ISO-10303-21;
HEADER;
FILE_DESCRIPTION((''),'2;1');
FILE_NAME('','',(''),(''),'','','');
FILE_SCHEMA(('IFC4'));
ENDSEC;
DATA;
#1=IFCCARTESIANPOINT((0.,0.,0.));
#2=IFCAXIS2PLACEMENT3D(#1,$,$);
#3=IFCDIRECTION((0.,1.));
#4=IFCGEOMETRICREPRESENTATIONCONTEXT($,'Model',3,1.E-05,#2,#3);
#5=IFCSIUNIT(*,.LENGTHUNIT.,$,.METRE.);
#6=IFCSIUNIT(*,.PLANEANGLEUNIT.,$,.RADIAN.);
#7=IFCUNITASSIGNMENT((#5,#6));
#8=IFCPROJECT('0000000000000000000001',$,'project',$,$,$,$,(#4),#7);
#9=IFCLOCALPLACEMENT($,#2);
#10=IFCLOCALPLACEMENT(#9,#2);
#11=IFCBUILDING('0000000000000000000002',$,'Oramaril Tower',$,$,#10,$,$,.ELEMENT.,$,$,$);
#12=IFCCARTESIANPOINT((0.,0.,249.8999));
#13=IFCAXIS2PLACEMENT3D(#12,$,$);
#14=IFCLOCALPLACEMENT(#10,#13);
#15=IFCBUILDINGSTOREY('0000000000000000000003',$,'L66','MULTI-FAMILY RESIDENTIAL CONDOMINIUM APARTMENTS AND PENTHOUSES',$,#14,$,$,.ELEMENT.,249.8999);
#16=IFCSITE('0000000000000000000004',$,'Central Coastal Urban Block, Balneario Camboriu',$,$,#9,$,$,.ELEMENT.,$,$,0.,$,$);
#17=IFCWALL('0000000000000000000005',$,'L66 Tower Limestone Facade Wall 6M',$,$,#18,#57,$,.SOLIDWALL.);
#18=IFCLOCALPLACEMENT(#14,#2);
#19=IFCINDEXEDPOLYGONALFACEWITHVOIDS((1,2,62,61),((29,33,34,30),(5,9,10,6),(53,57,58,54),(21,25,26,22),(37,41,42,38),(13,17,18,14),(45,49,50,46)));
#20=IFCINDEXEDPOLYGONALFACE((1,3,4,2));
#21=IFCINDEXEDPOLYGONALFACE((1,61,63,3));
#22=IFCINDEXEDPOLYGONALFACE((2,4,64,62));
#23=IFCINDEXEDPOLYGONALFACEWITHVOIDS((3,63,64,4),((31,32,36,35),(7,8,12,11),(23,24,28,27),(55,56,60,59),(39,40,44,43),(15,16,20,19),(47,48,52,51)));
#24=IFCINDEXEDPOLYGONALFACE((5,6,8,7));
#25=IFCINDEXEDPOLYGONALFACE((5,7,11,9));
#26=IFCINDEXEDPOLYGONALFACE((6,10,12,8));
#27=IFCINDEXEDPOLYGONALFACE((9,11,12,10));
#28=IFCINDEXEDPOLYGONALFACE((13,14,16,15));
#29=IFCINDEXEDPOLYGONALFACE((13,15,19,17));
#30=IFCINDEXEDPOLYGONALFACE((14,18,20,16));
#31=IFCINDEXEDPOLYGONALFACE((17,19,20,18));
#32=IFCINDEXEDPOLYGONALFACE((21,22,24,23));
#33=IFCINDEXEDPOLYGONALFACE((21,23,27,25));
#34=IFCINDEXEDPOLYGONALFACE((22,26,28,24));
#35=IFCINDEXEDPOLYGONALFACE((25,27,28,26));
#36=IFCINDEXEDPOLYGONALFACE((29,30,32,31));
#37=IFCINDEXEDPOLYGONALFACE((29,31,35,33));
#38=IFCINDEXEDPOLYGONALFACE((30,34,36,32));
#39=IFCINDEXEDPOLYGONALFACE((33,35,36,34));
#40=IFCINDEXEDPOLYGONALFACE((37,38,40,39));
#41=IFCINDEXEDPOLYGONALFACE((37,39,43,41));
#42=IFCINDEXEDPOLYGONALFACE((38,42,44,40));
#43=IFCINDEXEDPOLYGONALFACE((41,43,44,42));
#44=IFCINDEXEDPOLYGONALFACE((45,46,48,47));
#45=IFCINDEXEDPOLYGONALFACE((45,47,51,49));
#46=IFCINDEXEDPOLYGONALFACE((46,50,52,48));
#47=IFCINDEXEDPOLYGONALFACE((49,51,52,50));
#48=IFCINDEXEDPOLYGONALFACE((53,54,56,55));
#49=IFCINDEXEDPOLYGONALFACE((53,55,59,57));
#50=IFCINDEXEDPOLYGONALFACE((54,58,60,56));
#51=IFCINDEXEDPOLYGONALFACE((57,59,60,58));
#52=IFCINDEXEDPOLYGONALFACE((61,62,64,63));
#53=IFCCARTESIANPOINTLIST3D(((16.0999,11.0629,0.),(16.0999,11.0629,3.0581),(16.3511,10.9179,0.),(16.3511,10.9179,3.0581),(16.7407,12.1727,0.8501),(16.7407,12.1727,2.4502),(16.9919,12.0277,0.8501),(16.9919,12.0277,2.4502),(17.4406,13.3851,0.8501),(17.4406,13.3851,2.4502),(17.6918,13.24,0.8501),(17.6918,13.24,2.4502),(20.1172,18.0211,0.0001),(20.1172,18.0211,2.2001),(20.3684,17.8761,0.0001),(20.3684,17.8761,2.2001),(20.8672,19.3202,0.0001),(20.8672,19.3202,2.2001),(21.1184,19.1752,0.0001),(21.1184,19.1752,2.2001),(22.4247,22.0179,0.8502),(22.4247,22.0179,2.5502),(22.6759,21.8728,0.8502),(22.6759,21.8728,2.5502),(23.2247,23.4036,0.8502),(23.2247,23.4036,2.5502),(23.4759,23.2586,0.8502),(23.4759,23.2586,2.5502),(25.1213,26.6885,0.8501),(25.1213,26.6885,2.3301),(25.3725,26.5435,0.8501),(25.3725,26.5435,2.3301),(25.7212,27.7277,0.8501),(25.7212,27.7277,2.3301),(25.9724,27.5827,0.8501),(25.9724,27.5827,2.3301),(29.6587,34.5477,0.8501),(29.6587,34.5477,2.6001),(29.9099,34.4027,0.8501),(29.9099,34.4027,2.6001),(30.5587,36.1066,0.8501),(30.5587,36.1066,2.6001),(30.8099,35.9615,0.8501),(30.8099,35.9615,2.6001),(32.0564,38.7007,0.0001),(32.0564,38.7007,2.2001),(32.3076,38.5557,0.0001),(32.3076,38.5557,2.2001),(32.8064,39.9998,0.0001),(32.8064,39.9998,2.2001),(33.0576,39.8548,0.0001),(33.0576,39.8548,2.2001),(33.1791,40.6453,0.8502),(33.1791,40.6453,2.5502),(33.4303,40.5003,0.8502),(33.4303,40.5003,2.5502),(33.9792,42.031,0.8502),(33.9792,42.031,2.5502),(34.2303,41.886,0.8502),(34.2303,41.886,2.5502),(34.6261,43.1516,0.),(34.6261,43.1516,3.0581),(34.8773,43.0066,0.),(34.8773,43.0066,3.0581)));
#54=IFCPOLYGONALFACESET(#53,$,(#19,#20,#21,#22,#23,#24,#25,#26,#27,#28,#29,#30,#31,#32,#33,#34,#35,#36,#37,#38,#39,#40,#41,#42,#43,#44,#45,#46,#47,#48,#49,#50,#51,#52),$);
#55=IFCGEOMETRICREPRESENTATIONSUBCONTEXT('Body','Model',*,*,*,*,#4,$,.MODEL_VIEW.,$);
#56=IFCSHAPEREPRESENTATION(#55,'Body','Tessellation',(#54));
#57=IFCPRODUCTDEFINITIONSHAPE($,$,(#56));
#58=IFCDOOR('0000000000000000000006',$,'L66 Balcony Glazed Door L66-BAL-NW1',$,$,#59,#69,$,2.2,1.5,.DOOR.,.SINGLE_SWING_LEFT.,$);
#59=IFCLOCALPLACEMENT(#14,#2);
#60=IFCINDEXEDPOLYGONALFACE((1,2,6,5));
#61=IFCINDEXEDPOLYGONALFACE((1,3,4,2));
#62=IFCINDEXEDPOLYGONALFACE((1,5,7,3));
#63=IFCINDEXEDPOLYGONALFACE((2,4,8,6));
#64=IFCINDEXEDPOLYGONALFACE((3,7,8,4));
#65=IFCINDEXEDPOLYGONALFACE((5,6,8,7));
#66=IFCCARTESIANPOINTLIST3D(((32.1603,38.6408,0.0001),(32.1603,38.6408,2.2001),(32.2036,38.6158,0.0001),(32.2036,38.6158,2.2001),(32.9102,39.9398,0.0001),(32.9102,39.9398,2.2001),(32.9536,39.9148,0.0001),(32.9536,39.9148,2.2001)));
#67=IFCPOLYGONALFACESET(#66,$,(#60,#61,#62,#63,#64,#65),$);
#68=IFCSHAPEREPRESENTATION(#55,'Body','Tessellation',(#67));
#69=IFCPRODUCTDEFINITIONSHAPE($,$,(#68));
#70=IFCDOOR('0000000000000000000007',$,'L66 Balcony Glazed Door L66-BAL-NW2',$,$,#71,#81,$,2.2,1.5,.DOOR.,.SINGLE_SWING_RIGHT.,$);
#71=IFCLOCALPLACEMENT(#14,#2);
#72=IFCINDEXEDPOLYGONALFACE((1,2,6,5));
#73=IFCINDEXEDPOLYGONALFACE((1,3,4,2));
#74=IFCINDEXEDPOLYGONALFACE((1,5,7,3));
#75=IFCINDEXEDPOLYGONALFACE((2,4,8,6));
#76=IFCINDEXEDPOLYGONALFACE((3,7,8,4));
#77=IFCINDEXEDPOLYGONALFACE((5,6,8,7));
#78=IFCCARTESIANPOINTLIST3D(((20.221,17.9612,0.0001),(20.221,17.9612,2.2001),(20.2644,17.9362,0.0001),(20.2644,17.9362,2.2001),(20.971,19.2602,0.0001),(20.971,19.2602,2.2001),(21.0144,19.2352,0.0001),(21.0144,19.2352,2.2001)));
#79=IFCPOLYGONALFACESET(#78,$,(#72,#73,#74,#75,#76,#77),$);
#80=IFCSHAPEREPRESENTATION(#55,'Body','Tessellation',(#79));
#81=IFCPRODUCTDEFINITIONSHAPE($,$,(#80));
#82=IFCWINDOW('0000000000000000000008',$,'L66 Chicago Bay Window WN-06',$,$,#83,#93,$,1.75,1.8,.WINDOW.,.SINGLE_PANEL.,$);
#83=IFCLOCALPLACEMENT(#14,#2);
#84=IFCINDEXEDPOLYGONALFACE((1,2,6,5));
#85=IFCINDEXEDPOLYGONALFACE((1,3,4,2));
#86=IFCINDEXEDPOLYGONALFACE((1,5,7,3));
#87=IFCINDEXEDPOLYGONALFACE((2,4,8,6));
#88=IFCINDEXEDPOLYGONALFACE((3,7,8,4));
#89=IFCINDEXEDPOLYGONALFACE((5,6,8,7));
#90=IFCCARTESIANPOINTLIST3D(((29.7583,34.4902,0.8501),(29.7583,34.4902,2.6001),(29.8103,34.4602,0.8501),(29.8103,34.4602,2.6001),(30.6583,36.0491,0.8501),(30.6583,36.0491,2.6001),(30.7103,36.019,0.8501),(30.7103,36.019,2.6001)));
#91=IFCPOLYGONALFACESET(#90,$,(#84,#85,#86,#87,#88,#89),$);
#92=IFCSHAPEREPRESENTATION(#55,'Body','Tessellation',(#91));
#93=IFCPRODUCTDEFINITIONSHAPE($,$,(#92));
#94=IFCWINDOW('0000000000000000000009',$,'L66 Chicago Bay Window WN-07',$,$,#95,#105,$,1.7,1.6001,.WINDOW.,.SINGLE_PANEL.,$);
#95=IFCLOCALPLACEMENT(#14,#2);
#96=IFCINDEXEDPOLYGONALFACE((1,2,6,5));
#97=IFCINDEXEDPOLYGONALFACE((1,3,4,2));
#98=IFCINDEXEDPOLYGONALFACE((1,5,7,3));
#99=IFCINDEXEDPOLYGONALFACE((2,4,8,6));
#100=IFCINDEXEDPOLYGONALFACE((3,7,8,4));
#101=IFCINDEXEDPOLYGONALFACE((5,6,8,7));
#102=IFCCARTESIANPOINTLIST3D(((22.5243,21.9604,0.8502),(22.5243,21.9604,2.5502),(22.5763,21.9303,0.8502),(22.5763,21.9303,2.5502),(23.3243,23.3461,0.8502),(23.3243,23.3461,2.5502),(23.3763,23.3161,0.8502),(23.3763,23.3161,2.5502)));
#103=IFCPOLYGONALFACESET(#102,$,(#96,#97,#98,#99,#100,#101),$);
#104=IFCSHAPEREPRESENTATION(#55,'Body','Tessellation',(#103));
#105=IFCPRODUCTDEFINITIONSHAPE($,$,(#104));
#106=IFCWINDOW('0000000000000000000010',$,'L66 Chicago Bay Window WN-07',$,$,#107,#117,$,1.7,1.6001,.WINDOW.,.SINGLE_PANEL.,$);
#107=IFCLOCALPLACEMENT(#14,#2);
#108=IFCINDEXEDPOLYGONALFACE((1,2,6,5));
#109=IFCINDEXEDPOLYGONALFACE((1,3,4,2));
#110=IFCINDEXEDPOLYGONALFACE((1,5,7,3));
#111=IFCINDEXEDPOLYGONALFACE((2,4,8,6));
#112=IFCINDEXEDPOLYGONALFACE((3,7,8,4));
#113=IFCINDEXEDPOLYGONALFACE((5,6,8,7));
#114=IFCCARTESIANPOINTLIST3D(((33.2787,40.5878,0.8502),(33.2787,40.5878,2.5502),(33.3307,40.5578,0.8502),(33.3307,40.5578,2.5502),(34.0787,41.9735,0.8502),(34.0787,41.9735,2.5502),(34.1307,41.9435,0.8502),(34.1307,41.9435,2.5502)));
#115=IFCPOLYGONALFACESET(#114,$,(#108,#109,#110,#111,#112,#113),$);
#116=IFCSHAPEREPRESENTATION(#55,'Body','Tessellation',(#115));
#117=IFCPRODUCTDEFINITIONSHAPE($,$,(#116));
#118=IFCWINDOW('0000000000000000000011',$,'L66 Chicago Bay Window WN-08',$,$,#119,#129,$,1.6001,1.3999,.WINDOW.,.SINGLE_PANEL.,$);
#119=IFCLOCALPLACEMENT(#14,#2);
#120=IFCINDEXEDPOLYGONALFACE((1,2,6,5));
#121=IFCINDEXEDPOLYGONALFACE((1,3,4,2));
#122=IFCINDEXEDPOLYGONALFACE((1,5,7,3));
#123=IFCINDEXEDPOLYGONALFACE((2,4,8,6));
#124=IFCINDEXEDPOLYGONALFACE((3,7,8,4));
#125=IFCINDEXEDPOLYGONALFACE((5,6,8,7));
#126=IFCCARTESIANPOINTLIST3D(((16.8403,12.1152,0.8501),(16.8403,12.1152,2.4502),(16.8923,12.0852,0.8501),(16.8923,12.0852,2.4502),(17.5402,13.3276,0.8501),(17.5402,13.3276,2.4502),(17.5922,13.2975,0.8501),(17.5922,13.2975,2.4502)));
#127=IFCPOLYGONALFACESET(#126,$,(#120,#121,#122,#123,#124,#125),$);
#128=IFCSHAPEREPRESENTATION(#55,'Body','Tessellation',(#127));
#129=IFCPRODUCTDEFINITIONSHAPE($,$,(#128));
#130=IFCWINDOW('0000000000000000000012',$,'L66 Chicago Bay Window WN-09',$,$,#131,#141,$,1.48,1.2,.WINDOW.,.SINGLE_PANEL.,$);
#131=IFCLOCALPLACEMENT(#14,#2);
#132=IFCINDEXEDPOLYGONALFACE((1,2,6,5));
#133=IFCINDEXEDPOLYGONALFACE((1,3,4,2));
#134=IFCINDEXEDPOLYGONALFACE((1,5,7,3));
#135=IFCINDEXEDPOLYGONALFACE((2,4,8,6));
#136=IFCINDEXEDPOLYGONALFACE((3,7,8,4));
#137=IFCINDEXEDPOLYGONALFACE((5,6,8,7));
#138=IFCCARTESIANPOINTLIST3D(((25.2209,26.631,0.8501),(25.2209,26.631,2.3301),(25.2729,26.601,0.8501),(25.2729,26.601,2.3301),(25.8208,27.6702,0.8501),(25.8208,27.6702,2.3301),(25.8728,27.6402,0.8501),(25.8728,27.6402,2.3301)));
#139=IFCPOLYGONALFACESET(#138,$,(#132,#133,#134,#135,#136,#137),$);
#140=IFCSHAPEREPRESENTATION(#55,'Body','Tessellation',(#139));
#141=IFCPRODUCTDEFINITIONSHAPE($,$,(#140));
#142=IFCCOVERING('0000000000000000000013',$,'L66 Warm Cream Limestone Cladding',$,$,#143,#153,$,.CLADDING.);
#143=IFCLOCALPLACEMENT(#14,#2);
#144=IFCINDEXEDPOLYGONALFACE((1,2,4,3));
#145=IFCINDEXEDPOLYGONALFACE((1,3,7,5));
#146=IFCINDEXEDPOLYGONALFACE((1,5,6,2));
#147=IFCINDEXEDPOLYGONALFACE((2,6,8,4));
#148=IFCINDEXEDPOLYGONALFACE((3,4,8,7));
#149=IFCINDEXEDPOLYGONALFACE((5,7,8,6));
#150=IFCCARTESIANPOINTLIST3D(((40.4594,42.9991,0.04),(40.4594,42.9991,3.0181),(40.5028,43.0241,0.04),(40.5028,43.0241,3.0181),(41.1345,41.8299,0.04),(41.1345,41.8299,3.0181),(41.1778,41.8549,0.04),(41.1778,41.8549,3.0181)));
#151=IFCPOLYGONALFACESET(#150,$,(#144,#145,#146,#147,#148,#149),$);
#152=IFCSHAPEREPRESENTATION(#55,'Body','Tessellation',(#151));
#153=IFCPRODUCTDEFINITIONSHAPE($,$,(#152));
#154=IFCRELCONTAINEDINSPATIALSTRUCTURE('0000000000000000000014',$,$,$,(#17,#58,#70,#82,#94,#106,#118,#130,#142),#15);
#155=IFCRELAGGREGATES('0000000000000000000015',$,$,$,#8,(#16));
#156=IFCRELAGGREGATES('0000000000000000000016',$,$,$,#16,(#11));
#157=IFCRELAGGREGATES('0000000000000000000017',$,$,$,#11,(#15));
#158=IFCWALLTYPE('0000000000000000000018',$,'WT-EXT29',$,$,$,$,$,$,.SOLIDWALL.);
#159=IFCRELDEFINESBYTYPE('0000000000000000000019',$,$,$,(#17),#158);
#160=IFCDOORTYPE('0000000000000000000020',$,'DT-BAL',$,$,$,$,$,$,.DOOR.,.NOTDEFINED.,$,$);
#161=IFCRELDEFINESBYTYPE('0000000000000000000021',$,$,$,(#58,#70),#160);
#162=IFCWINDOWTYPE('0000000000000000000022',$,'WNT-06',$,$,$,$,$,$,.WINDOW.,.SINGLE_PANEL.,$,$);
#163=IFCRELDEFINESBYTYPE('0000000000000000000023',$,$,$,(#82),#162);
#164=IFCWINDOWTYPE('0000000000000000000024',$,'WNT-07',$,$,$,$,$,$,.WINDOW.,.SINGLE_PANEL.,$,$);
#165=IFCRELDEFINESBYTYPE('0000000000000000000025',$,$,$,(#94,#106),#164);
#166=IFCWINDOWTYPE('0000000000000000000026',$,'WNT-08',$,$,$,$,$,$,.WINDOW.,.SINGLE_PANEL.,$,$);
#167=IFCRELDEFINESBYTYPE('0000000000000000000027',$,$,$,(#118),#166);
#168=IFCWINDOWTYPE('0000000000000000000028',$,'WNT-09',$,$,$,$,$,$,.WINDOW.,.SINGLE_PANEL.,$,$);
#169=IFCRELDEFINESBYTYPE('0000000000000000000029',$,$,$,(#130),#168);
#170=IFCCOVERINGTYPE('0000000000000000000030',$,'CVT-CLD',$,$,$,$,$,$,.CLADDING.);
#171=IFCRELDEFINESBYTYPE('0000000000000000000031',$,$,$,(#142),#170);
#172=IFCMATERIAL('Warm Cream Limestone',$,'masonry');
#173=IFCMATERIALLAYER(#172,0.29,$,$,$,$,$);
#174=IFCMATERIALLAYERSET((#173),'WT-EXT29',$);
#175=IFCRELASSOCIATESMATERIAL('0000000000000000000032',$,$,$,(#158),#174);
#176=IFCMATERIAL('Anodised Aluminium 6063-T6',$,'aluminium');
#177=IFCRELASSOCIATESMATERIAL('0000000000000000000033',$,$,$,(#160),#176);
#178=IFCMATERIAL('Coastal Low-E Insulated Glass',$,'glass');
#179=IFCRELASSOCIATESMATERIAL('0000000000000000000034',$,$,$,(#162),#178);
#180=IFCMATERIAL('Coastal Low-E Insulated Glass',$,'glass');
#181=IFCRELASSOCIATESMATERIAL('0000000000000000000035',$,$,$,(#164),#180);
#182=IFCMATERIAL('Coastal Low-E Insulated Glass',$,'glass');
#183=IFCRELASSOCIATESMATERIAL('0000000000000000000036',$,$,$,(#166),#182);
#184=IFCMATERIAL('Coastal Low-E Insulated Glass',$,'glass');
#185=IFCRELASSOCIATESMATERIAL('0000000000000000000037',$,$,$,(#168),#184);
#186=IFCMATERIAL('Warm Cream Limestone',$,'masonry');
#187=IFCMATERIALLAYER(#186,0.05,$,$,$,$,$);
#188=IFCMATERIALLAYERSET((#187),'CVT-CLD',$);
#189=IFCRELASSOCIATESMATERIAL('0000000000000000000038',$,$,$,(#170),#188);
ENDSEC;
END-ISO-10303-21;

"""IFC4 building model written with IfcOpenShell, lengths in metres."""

from ifc_helpers import new_model, si_unit, direction, frame, frame_2d, origin, origin_2d, place, context, subcontext, project, spatial, rectangle, extrude, material, layer, layer_set, type_object, element, fill, save


model = new_model("IFC4")

# Units and contexts
model_context = context("Model", 3, precision=1e-05, world=origin(), true_north=direction((0.0, 1.0)))
body_context = subcontext(model_context, "Body", "Model", "MODEL_VIEW")
ifc_project = project(units=[si_unit("LENGTHUNIT", "METRE"), si_unit("PLANEANGLEUNIT", "RADIAN")], contexts=[model_context])

# Site, building, storey
site_placement = place(None, origin())
site = spatial("IfcSite", under=ifc_project, at=site_placement, Name="Central Coastal Urban Block, Balneario Camboriu", CompositionType="ELEMENT", RefElevation=0.0)
building_placement = place(site_placement, origin())
building = spatial("IfcBuilding", under=site, at=building_placement, Name="Oramaril Tower", CompositionType="ELEMENT")
storey_placement = place(building_placement, frame((0.0, 0.0, 249.8999)))
storey = spatial("IfcBuildingStorey", under=building, at=storey_placement, Name="L66", Description="MULTI-FAMILY RESIDENTIAL CONDOMINIUM APARTMENTS AND PENTHOUSES", CompositionType="ELEMENT", Elevation=249.8999)

# Shared definitions
ifc_material_1 = material(Name="Warm Cream Limestone", Category="masonry")
ifc_layer_1 = layer(ifc_material_1, 0.29)
ifc_layer_set_1 = layer_set([ifc_layer_1], Name="WT-EXT29")
wall_type = type_object("IfcWallType", Name="WT-EXT29", PredefinedType="SOLIDWALL", material=ifc_layer_set_1)

# Wall, openings, doors, windows
wall_1_placement = place(storey_placement, frame((34.7517, 43.0791, 0.0), z_axis=(0.0, 0.0, 1.0), x_axis=(-0.499995, -0.866028, 0.0)))
wall_1 = element("IfcWall", 1, at=wall_1_placement, inside=storey, type_object=wall_type, Name="L66 Tower Limestone Facade Wall 6M", PredefinedType="SOLIDWALL", context=body_context, shape_type="SweptSolid", body=[
    extrude(rectangle(XDim=37.0527, YDim=0.29, at=frame_2d((18.5264, 0.0))), origin(), (0.0, 0.0, 1.0), 3.0581),
])
opening_1_placement = place(wall_1_placement, frame((3.6394, 0.0, 0.0)))
opening_1 = element("IfcOpeningElement", 2, at=opening_1_placement, cuts=wall_1, PredefinedType="OPENING", context=body_context, shape_type="SweptSolid", body=[
    extrude(rectangle(XDim=1.5, YDim=2.2, at=frame_2d((0.75, 1.1001))), frame((0.0, 0.145, 0.0), z_axis=(0.0, -1.0, 0.0), x_axis=(1.0, 0.0, 0.0)), (0.0, 0.0, 1.0), 0.29),
])
opening_2_placement = place(wall_1_placement, frame((27.5181, 0.0, 0.0)))
opening_2 = element("IfcOpeningElement", 3, at=opening_2_placement, cuts=wall_1, PredefinedType="OPENING", context=body_context, shape_type="SweptSolid", body=[
    extrude(rectangle(XDim=1.5, YDim=2.2, at=frame_2d((0.75, 1.1001))), frame((0.0, 0.145, 0.0), z_axis=(0.0, -1.0, 0.0), x_axis=(1.0, 0.0, 0.0)), (0.0, 0.0, 1.0), 0.29),
])
opening_3_placement = place(wall_1_placement, frame((22.803, 0.0, 0.8501)))
opening_3 = element("IfcOpeningElement", 4, at=opening_3_placement, cuts=wall_1, PredefinedType="OPENING", context=body_context, shape_type="SweptSolid", body=[
    extrude(rectangle(XDim=1.6001, YDim=1.7, at=frame_2d((0.8, 0.8501))), frame((0.0, 0.145, 0.0), z_axis=(0.0, -1.0, 0.0), x_axis=(1.0, 0.0, 0.0)), (0.0, 0.0, 1.0), 0.29),
])
opening_4_placement = place(wall_1_placement, frame((34.3713, 0.0, 0.8501)))
opening_4 = element("IfcOpeningElement", 5, at=opening_4_placement, cuts=wall_1, PredefinedType="OPENING", context=body_context, shape_type="SweptSolid", body=[
    extrude(rectangle(XDim=1.3999, YDim=1.6001, at=frame_2d((0.7, 0.8))), frame((0.0, 0.145, 0.0), z_axis=(0.0, -1.0, 0.0), x_axis=(1.0, 0.0, 0.0)), (0.0, 0.0, 1.0), 0.29),
])
opening_5_placement = place(wall_1_placement, frame((8.135, 0.0, 0.8501)))
opening_5 = element("IfcOpeningElement", 6, at=opening_5_placement, cuts=wall_1, PredefinedType="OPENING", context=body_context, shape_type="SweptSolid", body=[
    extrude(rectangle(XDim=1.8, YDim=1.75, at=frame_2d((0.8999, 0.875))), frame((0.0, 0.145, 0.0), z_axis=(0.0, -1.0, 0.0), x_axis=(1.0, 0.0, 0.0)), (0.0, 0.0, 1.0), 0.29),
])
opening_6_placement = place(wall_1_placement, frame((17.8098, 0.0, 0.8501)))
opening_6 = element("IfcOpeningElement", 7, at=opening_6_placement, cuts=wall_1, PredefinedType="OPENING", context=body_context, shape_type="SweptSolid", body=[
    extrude(rectangle(XDim=1.2, YDim=1.48, at=frame_2d((0.6001, 0.74))), frame((0.0, 0.145, 0.0), z_axis=(0.0, -1.0, 0.0), x_axis=(1.0, 0.0, 0.0)), (0.0, 0.0, 1.0), 0.29),
])
opening_7_placement = place(wall_1_placement, frame((1.2939, 0.0, 0.8501)))
opening_7 = element("IfcOpeningElement", 8, at=opening_7_placement, cuts=wall_1, PredefinedType="OPENING", context=body_context, shape_type="SweptSolid", body=[
    extrude(rectangle(XDim=1.6001, YDim=1.7, at=frame_2d((0.8, 0.8501))), frame((0.0, 0.145, 0.0), z_axis=(0.0, -1.0, 0.0), x_axis=(1.0, 0.0, 0.0)), (0.0, 0.0, 1.0), 0.29),
])
ifc_material_2 = material(Name="Anodised Aluminium 6063-T6", Category="aluminium")
door_type = type_object("IfcDoorType", Name="DT-BAL", OperationType="NOTDEFINED", PredefinedType="DOOR", material=ifc_material_2)
door_1_placement = place(opening_1_placement, origin())
door_1 = element("IfcDoor", 9, at=door_1_placement, inside=storey, type_object=door_type, Name="L66 Balcony Glazed Door L66-BAL-NW1", OperationType="SINGLE_SWING_LEFT", OverallHeight=2.2, OverallWidth=1.5, PredefinedType="DOOR", context=body_context, shape_type="SweptSolid", body=[
    extrude(rectangle(XDim=1.5, YDim=2.2, at=frame_2d((0.75, 1.1001))), frame((0.0, 0.0249, 0.0), z_axis=(0.0, -1.0, 0.0), x_axis=(1.0, 0.0, 0.0)), (0.0, 0.0, 1.0), 0.05),
])
fill(opening_1, door_1)
door_2_placement = place(opening_2_placement, origin())
door_2 = element("IfcDoor", 10, at=door_2_placement, inside=storey, type_object=door_type, Name="L66 Balcony Glazed Door L66-BAL-NW2", OperationType="SINGLE_SWING_RIGHT", OverallHeight=2.2, OverallWidth=1.5, PredefinedType="DOOR", context=body_context, shape_type="SweptSolid", body=[
    extrude(rectangle(XDim=1.5, YDim=2.2, at=frame_2d((0.75, 1.1001))), frame((0.0, 0.0249, 0.0), z_axis=(0.0, -1.0, 0.0), x_axis=(1.0, 0.0, 0.0)), (0.0, 0.0, 1.0), 0.05),
])
fill(opening_2, door_2)
ifc_material_3 = material(Name="Coastal Low-E Insulated Glass", Category="glass")
window_type_1 = type_object("IfcWindowType", Name="WNT-06", PartitioningType="SINGLE_PANEL", PredefinedType="WINDOW", material=ifc_material_3)
window_1_placement = place(opening_5_placement, origin())
window_1 = element("IfcWindow", 11, at=window_1_placement, inside=storey, type_object=window_type_1, Name="L66 Chicago Bay Window WN-06", OverallHeight=1.75, OverallWidth=1.8, PartitioningType="SINGLE_PANEL", PredefinedType="WINDOW", context=body_context, shape_type="SweptSolid", body=[
    extrude(rectangle(XDim=1.8, YDim=1.75, at=frame_2d((0.8999, 0.875))), frame((0.0, 0.03, 0.0), z_axis=(0.0, -1.0, 0.0), x_axis=(1.0, 0.0, 0.0)), (0.0, 0.0, 1.0), 0.0601),
])
fill(opening_5, window_1)
ifc_material_4 = material(Name="Coastal Low-E Insulated Glass", Category="glass")
window_type_2 = type_object("IfcWindowType", Name="WNT-07", PartitioningType="SINGLE_PANEL", PredefinedType="WINDOW", material=ifc_material_4)
window_2_placement = place(opening_3_placement, origin())
window_2 = element("IfcWindow", 12, at=window_2_placement, inside=storey, type_object=window_type_2, Name="L66 Chicago Bay Window WN-07", OverallHeight=1.7, OverallWidth=1.6001, PartitioningType="SINGLE_PANEL", PredefinedType="WINDOW", context=body_context, shape_type="SweptSolid", body=[
    extrude(rectangle(XDim=1.6001, YDim=1.7, at=frame_2d((0.8, 0.8501))), frame((0.0, 0.03, 0.0), z_axis=(0.0, -1.0, 0.0), x_axis=(1.0, 0.0, 0.0)), (0.0, 0.0, 1.0), 0.0601),
])
fill(opening_3, window_2)
window_3_placement = place(opening_7_placement, origin())
window_3 = element("IfcWindow", 13, at=window_3_placement, inside=storey, type_object=window_type_2, Name="L66 Chicago Bay Window WN-07", OverallHeight=1.7, OverallWidth=1.6001, PartitioningType="SINGLE_PANEL", PredefinedType="WINDOW", context=body_context, shape_type="SweptSolid", body=[
    extrude(rectangle(XDim=1.6001, YDim=1.7, at=frame_2d((0.8, 0.8501))), frame((0.0, 0.03, 0.0), z_axis=(0.0, -1.0, 0.0), x_axis=(1.0, 0.0, 0.0)), (0.0, 0.0, 1.0), 0.0601),
])
fill(opening_7, window_3)
ifc_material_5 = material(Name="Coastal Low-E Insulated Glass", Category="glass")
window_type_3 = type_object("IfcWindowType", Name="WNT-08", PartitioningType="SINGLE_PANEL", PredefinedType="WINDOW", material=ifc_material_5)
window_4_placement = place(opening_4_placement, origin())
window_4 = element("IfcWindow", 14, at=window_4_placement, inside=storey, type_object=window_type_3, Name="L66 Chicago Bay Window WN-08", OverallHeight=1.6001, OverallWidth=1.3999, PartitioningType="SINGLE_PANEL", PredefinedType="WINDOW", context=body_context, shape_type="SweptSolid", body=[
    extrude(rectangle(XDim=1.3999, YDim=1.6001, at=frame_2d((0.7, 0.8))), frame((0.0, 0.03, 0.0), z_axis=(0.0, -1.0, 0.0), x_axis=(1.0, 0.0, 0.0)), (0.0, 0.0, 1.0), 0.0601),
])
fill(opening_4, window_4)
ifc_material_6 = material(Name="Coastal Low-E Insulated Glass", Category="glass")
window_type_4 = type_object("IfcWindowType", Name="WNT-09", PartitioningType="SINGLE_PANEL", PredefinedType="WINDOW", material=ifc_material_6)
window_5_placement = place(opening_6_placement, origin())
window_5 = element("IfcWindow", 15, at=window_5_placement, inside=storey, type_object=window_type_4, Name="L66 Chicago Bay Window WN-09", OverallHeight=1.48, OverallWidth=1.2, PartitioningType="SINGLE_PANEL", PredefinedType="WINDOW", context=body_context, shape_type="SweptSolid", body=[
    extrude(rectangle(XDim=1.2, YDim=1.48, at=frame_2d((0.6001, 0.74))), frame((0.0, 0.03, 0.0), z_axis=(0.0, -1.0, 0.0), x_axis=(1.0, 0.0, 0.0)), (0.0, 0.0, 1.0), 0.0601),
])
fill(opening_6, window_5)

# Covering
ifc_material_7 = material(Name="Warm Cream Limestone", Category="masonry")
ifc_layer_2 = layer(ifc_material_7, 0.05)
ifc_layer_set_2 = layer_set([ifc_layer_2], Name="CVT-CLD")
covering_type = type_object("IfcCoveringType", Name="CVT-CLD", PredefinedType="CLADDING", material=ifc_layer_set_2)
covering_1_placement = place(storey_placement, frame((40.8186, 42.427, 0.04), z_axis=(0.0, 0.0, 1.0), x_axis=(-0.499998, 0.866026, 0.0)))
element("IfcCovering", 16, at=covering_1_placement, inside=storey, type_object=covering_type, Name="L66 Warm Cream Limestone Cladding", PredefinedType="CLADDING", context=body_context, shape_type="SweptSolid", body=[
    extrude(rectangle(XDim=1.3501, YDim=0.05, at=origin_2d()), origin(), (0.0, 0.0, 1.0), 2.978),
])

save(model, "model.ifc")
